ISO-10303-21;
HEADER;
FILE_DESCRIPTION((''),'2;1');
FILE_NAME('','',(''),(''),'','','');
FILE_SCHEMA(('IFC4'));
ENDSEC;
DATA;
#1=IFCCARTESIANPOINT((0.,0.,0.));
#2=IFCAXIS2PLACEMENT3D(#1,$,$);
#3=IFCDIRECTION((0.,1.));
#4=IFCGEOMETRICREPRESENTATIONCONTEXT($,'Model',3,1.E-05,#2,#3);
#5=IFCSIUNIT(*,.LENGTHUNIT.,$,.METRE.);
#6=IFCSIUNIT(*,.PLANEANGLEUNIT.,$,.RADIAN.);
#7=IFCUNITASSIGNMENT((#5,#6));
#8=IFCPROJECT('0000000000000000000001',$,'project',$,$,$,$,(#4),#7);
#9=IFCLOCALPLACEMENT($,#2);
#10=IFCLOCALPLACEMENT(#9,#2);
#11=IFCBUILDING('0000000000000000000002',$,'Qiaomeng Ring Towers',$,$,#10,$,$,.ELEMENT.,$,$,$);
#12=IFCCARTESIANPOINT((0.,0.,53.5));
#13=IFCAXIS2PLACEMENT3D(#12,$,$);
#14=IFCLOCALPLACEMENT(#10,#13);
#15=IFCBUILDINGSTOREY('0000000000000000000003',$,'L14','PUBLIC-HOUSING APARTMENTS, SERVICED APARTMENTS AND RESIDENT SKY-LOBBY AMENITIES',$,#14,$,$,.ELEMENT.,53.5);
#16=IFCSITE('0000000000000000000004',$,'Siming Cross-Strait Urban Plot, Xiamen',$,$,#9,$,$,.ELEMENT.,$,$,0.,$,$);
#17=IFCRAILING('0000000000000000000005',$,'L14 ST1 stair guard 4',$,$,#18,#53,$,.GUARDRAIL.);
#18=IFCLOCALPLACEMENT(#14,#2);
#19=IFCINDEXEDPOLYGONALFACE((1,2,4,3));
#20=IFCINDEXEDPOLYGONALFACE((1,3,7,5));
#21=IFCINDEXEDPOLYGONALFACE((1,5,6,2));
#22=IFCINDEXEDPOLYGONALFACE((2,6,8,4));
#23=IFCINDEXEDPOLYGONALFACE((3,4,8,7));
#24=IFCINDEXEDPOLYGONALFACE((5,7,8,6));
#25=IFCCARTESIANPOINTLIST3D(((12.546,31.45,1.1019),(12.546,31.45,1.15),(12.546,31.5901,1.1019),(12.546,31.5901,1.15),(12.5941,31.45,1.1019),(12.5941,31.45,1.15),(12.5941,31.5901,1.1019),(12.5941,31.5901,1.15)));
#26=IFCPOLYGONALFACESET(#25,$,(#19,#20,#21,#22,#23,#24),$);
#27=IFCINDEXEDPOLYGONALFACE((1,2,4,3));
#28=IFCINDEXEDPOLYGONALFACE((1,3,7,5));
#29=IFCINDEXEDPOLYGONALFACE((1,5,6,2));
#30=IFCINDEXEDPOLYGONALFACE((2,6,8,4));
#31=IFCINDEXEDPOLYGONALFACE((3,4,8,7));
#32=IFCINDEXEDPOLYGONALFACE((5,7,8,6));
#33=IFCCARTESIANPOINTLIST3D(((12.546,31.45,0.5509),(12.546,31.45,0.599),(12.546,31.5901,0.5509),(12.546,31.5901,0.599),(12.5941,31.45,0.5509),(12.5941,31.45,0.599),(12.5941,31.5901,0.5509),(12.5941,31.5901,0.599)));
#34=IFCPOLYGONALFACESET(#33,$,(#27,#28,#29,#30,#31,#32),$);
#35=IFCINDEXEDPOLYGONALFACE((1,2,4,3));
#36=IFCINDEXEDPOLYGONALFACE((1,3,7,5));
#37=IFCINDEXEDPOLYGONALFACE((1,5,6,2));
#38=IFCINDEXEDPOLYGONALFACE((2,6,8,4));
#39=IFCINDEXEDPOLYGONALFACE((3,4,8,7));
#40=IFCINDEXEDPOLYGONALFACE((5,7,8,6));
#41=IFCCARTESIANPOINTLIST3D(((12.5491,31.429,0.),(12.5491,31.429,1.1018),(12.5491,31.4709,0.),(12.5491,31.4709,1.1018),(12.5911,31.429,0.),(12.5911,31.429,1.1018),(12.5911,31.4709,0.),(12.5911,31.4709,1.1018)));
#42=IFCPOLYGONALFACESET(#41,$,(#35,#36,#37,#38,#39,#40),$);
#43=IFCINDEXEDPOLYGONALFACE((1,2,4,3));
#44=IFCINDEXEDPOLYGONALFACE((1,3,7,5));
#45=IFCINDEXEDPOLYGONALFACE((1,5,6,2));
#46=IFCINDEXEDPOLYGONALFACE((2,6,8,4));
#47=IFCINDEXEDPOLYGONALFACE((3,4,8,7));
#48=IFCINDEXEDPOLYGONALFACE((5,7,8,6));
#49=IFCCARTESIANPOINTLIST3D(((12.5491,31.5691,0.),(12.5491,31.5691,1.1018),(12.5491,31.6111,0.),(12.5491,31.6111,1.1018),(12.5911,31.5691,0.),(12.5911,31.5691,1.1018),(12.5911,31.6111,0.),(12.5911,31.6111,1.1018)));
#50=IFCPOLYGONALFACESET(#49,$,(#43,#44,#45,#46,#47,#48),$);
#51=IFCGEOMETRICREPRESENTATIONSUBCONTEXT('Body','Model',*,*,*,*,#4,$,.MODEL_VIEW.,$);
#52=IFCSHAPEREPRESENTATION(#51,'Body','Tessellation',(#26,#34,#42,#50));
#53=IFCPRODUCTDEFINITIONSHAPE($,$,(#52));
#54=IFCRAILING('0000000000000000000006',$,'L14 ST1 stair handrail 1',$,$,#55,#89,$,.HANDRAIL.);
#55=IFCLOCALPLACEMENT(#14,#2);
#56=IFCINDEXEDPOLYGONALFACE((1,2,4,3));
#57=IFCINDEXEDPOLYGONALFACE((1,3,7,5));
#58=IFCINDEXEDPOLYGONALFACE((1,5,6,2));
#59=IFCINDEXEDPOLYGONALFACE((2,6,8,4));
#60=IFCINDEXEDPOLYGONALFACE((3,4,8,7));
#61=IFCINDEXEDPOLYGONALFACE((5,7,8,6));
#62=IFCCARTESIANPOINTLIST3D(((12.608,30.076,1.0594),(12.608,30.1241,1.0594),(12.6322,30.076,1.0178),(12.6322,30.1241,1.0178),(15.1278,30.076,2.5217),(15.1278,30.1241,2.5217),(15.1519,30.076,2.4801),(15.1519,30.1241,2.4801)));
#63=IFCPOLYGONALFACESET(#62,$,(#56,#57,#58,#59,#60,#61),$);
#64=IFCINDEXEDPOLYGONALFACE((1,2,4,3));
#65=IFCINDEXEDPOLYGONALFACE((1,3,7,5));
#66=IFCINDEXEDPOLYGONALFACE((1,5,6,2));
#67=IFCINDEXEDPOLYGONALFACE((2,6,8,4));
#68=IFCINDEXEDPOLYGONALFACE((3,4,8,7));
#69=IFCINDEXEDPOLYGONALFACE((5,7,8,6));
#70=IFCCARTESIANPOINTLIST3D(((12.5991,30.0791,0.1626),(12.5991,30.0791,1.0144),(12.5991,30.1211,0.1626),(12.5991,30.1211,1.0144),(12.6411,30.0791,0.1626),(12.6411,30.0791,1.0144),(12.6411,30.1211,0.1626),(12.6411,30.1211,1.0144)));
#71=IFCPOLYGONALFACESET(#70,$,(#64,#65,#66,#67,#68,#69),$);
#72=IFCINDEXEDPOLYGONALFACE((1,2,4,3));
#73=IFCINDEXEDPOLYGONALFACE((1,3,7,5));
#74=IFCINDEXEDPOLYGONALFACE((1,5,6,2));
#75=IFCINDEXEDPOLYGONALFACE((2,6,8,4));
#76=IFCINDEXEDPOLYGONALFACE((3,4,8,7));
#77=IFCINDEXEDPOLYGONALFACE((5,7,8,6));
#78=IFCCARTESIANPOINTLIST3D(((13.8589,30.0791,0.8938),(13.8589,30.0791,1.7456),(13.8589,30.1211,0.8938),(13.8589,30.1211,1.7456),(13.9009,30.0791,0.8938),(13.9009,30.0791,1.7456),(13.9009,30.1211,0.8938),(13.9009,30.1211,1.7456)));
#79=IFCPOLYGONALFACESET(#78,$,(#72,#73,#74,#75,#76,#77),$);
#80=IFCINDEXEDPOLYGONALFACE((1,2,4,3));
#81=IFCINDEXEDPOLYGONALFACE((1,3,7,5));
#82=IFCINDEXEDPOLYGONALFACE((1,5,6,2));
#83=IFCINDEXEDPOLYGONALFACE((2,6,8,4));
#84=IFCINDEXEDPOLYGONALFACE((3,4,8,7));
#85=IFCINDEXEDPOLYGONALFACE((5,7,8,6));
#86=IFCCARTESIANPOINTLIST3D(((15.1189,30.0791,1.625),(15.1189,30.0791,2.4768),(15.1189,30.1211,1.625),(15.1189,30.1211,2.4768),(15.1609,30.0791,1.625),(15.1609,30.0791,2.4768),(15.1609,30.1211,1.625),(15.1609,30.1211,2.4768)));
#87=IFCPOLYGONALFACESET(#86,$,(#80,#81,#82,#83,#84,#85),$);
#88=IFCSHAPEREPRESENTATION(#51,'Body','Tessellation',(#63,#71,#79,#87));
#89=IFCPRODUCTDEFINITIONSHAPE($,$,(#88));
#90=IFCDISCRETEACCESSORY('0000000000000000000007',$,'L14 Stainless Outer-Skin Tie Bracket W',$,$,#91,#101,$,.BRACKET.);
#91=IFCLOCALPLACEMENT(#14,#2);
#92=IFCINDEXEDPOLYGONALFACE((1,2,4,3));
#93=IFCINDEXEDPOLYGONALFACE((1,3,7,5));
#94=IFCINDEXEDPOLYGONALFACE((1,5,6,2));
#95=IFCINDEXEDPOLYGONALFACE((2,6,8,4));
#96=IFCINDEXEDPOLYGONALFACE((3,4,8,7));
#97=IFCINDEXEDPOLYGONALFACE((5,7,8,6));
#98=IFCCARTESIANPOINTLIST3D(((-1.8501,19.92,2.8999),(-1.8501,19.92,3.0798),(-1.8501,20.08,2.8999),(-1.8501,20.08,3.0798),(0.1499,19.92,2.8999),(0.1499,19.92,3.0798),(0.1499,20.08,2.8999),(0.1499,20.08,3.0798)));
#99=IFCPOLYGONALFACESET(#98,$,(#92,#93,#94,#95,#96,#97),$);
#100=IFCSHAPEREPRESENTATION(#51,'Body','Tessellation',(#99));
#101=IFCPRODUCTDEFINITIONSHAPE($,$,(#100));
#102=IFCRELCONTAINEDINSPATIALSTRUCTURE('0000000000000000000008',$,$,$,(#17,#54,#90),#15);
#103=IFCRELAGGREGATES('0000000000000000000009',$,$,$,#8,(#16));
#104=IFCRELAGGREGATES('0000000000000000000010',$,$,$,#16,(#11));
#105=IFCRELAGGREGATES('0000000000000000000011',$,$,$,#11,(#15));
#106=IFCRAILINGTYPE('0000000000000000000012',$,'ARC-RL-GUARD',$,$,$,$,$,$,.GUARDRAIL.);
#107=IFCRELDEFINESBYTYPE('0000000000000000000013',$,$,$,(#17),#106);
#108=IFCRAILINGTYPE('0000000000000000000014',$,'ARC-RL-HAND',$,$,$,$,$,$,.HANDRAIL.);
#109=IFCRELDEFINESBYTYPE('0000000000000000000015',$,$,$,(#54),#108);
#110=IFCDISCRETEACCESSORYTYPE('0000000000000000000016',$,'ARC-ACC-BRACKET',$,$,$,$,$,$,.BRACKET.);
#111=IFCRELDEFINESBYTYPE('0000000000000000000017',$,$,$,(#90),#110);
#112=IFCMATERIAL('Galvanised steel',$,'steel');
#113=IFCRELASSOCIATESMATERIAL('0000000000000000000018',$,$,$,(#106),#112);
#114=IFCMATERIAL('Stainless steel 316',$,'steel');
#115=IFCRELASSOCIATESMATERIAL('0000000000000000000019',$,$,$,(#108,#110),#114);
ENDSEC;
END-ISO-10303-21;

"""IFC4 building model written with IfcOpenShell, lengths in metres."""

from ifc_helpers import new_model, si_unit, direction, frame, origin, origin_2d, place, context, subcontext, project, spatial, rectangle, extrude, source, transform, mapped, material, type_object, element, save


model = new_model("IFC4")

# Units and contexts
model_context = context("Model", 3, precision=1e-05, world=origin(), true_north=direction((0.0, 1.0)))
body_context = subcontext(model_context, "Body", "Model", "MODEL_VIEW")
ifc_project = project(units=[si_unit("LENGTHUNIT", "METRE"), si_unit("PLANEANGLEUNIT", "RADIAN")], contexts=[model_context])

# Site, building, storey
site_placement = place(None, origin())
site = spatial("IfcSite", under=ifc_project, at=site_placement, Name="Siming Cross-Strait Urban Plot, Xiamen", CompositionType="ELEMENT", RefElevation=0.0)
building_placement = place(site_placement, origin())
building = spatial("IfcBuilding", under=site, at=building_placement, Name="Qiaomeng Ring Towers", CompositionType="ELEMENT")
storey_placement = place(building_placement, frame((0.0, 0.0, 53.5)))
storey = spatial("IfcBuildingStorey", under=building, at=storey_placement, Name="L14", Description="PUBLIC-HOUSING APARTMENTS, SERVICED APARTMENTS AND RESIDENT SKY-LOBBY AMENITIES", CompositionType="ELEMENT", Elevation=53.5)

# Railings
ifc_material_1 = material(Name="Galvanised steel", Category="steel")
railing_type_1 = type_object("IfcRailingType", Name="ARC-RL-GUARD", PredefinedType="GUARDRAIL", material=ifc_material_1)
railing_1_placement = place(storey_placement, frame((12.5701, 31.45, 0.0)))
element("IfcRailing", 1, at=railing_1_placement, inside=storey, type_object=railing_type_1, Name="L14 ST1 stair guard 4", PredefinedType="GUARDRAIL", context=body_context, shape_type="SweptSolid", body=[
    extrude(rectangle(XDim=0.0481, YDim=0.0481, at=origin_2d()), frame((0.0, 0.0, 1.126), z_axis=(0.0, 1.0, 0.0), x_axis=(-1.0, 0.0, 0.0)), (0.0, 0.0, 1.0), 0.1401),
    extrude(rectangle(XDim=0.0481, YDim=0.0481, at=origin_2d()), frame((0.0, 0.0, 0.575), z_axis=(0.0, 1.0, 0.0), x_axis=(-1.0, 0.0, 0.0)), (0.0, 0.0, 1.0), 0.1401),
    extrude(rectangle(XDim=0.042, YDim=0.042, at=origin_2d()), origin(), (0.0, 0.0, 1.0), 1.1018),
    extrude(rectangle(XDim=0.042, YDim=0.042, at=origin_2d()), frame((0.0, 0.1401, 0.0)), (0.0, 0.0, 1.0), 1.1018),
])
ifc_material_2 = material(Name="Stainless steel 316", Category="steel")
railing_type_2 = type_object("IfcRailingType", Name="ARC-RL-HAND", PredefinedType="HANDRAIL", material=ifc_material_2)
railing_2_placement = place(storey_placement, frame((12.6201, 30.1001, 0.1626)))
element("IfcRailing", 2, at=railing_2_placement, inside=storey, type_object=railing_type_2, Name="L14 ST1 stair handrail 1", PredefinedType="HANDRAIL", context=body_context, shape_type="SweptSolid", body=[
    extrude(rectangle(XDim=0.0481, YDim=0.0481, at=origin_2d()), frame((0.0, 0.0, 0.876), z_axis=(0.864892, 0.0, 0.501958), x_axis=(0.0, 1.0, 0.0)), (0.0, 0.0, 1.0), 2.9133),
    extrude(rectangle(XDim=0.042, YDim=0.042, at=origin_2d()), origin(), (0.0, 0.0, 1.0), 0.8518),
    extrude(rectangle(XDim=0.042, YDim=0.042, at=origin_2d()), frame((1.2598, 0.0, 0.7312)), (0.0, 0.0, 1.0), 0.8518),
    extrude(rectangle(XDim=0.042, YDim=0.042, at=origin_2d()), frame((2.5198, 0.0, 1.4624)), (0.0, 0.0, 1.0), 0.8518),
])

# Discrete accessory
discrete_accessory_type = type_object("IfcDiscreteAccessoryType", Name="ARC-ACC-BRACKET", PredefinedType="BRACKET", material=ifc_material_2)
shared_shape_1 = source(origin(), body_context, "Body", "SweptSolid", [
    extrude(rectangle(XDim=2.0, YDim=0.1599, at=origin_2d()), origin(), (0.0, 0.0, 1.0), 0.1799),
])
discrete_accessory_placement = place(storey_placement, frame((-0.8501, 20.0, 2.8999), z_axis=(0.0, 0.0, 1.0), x_axis=(1.0, 0.0, 0.0)))
element("IfcDiscreteAccessory", 3, at=discrete_accessory_placement, inside=storey, type_object=discrete_accessory_type, Name="L14 Stainless Outer-Skin Tie Bracket W", PredefinedType="BRACKET", context=body_context, shape_type="MappedRepresentation", body=[
    mapped(shared_shape_1, transform((0.0, 0.0, 0.0), x_axis=(1.0, 0.0, 0.0), y_axis=(0.0, 1.0, 0.0), z_axis=(0.0, 0.0, 1.0), scale=1.0)),
])

save(model, "model.ifc")
